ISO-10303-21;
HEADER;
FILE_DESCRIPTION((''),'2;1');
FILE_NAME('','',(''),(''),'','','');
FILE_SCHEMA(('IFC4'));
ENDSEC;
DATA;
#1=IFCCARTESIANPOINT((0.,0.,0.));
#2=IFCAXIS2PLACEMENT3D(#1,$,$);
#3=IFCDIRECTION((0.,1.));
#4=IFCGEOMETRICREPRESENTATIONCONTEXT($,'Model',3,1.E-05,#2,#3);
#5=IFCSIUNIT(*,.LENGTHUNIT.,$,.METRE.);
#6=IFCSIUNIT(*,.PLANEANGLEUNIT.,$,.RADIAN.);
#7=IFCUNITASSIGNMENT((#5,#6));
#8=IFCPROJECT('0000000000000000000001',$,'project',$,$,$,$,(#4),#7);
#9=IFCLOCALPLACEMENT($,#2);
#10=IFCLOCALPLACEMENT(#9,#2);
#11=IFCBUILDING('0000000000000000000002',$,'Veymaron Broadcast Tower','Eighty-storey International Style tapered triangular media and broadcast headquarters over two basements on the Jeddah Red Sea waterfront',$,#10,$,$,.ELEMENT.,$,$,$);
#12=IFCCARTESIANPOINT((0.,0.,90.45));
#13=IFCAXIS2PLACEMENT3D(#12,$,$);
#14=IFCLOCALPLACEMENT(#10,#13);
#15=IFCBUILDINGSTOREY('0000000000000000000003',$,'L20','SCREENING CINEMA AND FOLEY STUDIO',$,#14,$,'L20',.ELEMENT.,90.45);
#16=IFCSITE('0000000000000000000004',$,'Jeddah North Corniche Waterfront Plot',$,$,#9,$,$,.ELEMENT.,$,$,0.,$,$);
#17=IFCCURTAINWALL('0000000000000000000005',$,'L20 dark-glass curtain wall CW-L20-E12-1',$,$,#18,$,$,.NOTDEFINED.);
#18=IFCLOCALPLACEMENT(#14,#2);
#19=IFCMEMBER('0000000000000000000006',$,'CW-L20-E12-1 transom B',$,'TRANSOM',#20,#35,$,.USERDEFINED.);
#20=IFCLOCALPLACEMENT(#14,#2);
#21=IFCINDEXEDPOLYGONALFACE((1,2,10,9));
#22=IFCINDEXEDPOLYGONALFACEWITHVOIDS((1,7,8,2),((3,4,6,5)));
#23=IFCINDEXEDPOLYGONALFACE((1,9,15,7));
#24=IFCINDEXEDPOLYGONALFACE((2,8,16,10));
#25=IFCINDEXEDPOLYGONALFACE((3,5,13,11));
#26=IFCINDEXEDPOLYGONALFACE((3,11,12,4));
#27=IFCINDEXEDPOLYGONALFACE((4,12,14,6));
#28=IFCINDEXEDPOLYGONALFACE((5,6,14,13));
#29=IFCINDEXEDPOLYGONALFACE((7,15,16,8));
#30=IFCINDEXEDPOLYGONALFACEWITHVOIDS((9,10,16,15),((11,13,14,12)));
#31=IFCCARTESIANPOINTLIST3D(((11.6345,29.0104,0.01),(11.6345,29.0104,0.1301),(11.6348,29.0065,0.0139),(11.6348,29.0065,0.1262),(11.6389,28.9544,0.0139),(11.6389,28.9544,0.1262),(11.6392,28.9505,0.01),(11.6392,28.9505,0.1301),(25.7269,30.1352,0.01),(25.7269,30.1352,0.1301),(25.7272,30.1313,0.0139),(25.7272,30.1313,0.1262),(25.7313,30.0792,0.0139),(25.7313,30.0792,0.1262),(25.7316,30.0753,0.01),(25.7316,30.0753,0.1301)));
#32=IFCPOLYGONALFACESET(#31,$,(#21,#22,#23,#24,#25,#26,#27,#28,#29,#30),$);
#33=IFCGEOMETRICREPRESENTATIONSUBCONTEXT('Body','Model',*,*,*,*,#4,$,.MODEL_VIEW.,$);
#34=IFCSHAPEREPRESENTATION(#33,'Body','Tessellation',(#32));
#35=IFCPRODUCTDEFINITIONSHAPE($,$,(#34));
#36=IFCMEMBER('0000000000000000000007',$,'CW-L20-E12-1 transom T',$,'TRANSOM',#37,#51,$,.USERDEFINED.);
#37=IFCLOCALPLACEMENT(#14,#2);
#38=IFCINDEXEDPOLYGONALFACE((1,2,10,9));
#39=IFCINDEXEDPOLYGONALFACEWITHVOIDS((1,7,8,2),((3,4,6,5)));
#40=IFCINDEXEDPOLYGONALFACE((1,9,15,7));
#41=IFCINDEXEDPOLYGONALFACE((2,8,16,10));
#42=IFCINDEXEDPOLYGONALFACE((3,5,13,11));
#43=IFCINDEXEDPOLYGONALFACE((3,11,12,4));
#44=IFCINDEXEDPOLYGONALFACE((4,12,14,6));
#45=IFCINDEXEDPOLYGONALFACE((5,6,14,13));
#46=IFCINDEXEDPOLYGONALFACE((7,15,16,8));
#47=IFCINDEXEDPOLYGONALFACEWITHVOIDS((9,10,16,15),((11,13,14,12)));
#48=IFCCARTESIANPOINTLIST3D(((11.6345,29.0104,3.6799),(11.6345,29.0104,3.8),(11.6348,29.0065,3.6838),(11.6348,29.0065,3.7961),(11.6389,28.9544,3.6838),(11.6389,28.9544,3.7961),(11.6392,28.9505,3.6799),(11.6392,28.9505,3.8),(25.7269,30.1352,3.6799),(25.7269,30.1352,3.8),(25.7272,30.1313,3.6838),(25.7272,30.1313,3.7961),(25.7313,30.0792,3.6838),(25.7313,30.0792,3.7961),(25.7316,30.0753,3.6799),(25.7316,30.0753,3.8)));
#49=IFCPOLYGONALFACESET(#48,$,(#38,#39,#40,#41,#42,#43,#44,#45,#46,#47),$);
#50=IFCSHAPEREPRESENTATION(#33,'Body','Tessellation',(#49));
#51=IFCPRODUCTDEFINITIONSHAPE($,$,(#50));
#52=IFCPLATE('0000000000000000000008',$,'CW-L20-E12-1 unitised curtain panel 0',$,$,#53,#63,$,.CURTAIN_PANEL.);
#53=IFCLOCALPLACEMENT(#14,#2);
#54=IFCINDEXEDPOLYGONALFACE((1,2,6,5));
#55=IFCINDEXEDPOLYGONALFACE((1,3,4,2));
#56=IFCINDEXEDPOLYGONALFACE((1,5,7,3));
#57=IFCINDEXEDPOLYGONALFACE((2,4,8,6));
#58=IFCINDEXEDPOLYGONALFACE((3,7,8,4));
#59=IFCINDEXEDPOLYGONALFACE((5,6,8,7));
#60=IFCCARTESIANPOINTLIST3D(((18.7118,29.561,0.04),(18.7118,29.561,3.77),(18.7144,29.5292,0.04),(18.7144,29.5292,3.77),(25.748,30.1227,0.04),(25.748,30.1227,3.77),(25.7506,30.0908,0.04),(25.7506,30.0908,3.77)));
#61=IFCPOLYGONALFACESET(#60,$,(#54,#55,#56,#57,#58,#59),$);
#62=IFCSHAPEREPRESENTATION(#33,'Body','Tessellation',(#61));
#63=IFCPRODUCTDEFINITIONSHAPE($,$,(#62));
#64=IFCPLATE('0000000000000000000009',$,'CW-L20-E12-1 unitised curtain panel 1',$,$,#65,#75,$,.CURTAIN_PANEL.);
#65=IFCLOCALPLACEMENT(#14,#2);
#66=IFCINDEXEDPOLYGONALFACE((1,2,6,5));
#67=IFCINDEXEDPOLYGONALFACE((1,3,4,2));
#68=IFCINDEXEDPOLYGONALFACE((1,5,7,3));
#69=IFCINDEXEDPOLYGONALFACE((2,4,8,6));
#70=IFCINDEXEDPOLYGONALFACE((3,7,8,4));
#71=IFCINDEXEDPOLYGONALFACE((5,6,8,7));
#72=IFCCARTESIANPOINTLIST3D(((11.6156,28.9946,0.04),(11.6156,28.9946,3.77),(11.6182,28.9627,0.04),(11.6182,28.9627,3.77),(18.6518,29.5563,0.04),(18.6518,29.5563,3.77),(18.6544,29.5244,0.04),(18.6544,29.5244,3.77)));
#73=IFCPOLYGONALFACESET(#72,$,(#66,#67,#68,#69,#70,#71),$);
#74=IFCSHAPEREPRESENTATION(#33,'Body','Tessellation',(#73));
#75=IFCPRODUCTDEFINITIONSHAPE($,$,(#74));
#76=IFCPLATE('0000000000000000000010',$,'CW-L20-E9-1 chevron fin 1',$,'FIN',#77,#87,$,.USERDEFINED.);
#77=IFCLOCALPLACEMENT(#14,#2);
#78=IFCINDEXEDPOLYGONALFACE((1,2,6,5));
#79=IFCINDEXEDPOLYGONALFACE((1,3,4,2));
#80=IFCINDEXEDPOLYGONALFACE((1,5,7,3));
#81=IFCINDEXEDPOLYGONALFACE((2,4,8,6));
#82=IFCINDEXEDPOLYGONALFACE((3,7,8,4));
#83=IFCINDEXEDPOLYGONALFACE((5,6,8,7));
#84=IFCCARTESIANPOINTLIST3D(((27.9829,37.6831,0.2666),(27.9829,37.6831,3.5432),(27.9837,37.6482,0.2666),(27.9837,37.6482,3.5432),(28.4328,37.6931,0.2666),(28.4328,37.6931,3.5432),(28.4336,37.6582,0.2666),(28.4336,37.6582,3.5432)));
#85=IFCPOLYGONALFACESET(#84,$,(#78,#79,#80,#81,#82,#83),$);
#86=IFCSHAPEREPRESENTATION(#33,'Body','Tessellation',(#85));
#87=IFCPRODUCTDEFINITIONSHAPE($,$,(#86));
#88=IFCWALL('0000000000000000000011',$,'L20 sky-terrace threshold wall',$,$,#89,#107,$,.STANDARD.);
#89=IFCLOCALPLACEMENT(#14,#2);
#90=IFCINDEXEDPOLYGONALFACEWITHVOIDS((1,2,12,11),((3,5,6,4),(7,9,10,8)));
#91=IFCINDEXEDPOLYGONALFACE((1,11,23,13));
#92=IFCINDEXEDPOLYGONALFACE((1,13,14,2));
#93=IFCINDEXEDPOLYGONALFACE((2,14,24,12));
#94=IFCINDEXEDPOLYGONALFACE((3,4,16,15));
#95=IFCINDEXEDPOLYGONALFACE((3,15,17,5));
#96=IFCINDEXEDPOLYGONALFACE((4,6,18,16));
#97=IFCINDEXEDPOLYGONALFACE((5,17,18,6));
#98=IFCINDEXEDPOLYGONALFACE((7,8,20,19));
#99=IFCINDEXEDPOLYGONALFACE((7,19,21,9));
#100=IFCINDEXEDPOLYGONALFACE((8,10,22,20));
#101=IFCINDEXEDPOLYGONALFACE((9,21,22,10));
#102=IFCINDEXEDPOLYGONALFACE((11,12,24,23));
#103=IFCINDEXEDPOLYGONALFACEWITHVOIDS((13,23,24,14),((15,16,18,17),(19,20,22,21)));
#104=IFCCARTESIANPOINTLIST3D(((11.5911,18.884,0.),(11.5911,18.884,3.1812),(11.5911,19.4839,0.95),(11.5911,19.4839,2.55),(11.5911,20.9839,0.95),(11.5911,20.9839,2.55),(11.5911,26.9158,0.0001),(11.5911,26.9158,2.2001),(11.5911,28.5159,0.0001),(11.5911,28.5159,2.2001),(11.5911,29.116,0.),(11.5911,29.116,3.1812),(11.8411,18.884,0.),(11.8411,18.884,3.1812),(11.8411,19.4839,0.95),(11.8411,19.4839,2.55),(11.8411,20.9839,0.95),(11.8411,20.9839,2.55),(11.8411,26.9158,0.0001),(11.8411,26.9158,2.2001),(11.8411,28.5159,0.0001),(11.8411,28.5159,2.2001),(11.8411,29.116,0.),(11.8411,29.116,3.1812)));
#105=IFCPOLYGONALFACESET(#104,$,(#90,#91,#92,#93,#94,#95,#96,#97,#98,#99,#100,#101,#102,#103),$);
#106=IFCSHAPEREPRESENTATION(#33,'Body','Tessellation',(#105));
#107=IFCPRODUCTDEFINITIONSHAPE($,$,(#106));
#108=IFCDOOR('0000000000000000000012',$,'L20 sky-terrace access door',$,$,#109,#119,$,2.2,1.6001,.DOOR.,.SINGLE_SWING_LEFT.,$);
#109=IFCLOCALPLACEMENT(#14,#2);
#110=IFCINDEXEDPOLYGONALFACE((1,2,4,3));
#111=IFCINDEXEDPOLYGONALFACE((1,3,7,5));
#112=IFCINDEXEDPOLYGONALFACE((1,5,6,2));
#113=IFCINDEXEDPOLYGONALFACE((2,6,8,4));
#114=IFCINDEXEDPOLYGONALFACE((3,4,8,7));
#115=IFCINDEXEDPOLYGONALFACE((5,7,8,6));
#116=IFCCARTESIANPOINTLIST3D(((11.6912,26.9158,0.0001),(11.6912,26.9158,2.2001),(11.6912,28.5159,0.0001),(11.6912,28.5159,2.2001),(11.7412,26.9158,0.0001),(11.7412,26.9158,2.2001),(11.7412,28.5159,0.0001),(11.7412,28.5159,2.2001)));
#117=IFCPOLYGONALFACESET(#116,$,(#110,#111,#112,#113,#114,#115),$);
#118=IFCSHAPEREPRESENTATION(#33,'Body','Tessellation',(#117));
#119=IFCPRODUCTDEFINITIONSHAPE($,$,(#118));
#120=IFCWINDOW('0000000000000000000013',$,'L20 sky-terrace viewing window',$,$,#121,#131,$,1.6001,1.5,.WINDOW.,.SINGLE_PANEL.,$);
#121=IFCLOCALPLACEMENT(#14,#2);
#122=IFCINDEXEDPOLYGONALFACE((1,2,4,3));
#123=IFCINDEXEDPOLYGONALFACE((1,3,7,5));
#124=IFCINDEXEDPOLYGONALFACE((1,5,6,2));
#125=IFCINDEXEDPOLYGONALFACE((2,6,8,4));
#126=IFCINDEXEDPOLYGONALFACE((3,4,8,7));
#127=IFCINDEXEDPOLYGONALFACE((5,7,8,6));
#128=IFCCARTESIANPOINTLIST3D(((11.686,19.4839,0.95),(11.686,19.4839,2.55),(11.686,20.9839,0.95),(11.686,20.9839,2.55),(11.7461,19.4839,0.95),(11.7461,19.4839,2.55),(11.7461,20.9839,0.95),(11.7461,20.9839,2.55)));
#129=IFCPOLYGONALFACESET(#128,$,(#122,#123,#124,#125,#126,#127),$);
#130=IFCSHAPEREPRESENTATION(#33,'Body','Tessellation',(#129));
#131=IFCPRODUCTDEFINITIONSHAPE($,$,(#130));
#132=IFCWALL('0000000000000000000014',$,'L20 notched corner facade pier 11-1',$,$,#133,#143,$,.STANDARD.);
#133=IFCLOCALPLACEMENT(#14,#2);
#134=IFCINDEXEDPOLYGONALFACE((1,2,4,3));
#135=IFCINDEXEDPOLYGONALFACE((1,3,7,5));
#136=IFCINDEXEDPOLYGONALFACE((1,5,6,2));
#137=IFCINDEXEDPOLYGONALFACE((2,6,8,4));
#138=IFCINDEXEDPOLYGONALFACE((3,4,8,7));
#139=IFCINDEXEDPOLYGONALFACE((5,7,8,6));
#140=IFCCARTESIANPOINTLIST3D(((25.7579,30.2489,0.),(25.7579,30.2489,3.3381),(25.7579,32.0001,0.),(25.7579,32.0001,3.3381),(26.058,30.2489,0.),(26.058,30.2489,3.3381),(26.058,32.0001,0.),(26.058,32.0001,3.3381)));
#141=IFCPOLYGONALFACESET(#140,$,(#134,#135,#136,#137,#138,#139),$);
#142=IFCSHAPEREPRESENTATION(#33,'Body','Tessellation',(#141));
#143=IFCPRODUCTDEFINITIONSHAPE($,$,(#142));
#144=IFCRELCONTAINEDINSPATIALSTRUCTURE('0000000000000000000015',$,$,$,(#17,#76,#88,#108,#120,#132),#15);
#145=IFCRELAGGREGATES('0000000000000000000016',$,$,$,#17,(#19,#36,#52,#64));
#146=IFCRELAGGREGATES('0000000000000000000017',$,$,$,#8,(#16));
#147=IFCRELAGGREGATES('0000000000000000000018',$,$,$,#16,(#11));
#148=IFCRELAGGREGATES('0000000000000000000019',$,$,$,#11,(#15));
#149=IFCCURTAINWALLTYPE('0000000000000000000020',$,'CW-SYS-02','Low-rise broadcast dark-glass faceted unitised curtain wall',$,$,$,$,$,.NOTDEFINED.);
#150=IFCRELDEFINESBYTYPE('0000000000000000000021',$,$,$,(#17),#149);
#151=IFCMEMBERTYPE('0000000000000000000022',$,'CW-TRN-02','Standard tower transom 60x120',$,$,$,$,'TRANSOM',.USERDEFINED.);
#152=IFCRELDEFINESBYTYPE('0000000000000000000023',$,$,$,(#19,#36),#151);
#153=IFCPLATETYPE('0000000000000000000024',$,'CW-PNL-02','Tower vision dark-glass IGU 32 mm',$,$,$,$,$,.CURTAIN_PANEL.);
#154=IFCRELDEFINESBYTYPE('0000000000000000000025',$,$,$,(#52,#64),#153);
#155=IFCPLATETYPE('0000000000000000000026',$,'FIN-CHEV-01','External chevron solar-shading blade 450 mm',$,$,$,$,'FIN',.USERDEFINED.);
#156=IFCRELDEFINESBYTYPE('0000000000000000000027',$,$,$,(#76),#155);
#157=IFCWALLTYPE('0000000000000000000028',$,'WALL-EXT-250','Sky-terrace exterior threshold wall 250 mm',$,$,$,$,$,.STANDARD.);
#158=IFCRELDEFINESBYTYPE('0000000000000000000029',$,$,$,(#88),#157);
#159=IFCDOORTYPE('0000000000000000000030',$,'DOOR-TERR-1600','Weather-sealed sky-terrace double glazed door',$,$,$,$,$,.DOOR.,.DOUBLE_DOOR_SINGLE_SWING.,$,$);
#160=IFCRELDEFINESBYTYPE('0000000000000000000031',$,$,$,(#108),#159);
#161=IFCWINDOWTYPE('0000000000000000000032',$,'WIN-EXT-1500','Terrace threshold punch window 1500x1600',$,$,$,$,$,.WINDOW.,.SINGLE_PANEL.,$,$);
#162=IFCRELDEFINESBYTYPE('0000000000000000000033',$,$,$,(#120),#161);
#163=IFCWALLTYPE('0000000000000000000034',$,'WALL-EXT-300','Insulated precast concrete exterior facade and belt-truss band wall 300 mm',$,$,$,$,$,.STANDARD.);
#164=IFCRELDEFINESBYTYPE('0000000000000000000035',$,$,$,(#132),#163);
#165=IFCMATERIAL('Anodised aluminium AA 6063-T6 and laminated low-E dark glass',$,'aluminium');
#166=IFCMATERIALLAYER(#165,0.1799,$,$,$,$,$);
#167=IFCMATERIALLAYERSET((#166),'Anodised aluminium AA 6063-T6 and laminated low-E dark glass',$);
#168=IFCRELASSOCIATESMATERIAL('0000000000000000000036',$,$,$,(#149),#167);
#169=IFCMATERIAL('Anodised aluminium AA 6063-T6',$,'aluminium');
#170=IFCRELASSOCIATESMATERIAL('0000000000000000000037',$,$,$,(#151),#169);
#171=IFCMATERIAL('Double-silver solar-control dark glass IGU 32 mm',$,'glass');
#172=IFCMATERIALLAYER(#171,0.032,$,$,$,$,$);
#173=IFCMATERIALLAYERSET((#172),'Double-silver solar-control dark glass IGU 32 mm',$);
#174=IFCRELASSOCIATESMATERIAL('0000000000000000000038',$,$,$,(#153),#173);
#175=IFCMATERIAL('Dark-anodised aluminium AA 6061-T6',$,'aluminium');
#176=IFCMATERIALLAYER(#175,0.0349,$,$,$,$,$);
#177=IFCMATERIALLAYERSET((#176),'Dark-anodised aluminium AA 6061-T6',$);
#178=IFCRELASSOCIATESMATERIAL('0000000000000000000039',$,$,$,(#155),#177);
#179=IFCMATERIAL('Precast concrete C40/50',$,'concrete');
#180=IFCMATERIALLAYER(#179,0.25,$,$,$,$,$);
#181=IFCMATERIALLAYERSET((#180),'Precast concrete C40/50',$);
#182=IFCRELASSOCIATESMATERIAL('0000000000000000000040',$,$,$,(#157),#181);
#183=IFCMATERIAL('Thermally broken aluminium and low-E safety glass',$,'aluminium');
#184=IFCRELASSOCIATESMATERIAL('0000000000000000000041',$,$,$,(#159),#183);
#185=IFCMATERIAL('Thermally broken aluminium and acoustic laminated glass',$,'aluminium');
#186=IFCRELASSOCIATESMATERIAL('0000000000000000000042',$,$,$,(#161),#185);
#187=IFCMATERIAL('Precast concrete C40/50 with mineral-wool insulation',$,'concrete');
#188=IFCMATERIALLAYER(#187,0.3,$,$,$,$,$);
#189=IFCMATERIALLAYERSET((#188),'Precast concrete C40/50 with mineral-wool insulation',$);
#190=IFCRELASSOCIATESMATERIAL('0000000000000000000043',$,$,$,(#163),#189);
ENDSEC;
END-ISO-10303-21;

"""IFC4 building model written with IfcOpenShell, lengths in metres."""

from ifc_helpers import new_model, si_unit, direction, frame, frame_2d, origin, origin_2d, place, context, subcontext, project, spatial, rectangle, hollow_rectangle, extrude, material, layer, layer_set, material_profile, profile_set, type_object, element, fill, aggregate, save


model = new_model("IFC4")

# Units and contexts
model_context = context("Model", 3, precision=1e-05, world=origin(), true_north=direction((0.0, 1.0)))
body_context = subcontext(model_context, "Body", "Model", "MODEL_VIEW")
ifc_project = project(units=[si_unit("LENGTHUNIT", "METRE"), si_unit("PLANEANGLEUNIT", "RADIAN")], contexts=[model_context])

# Site, building, storey
site_placement = place(None, origin())
site = spatial("IfcSite", under=ifc_project, at=site_placement, Name="Jeddah North Corniche Waterfront Plot", CompositionType="ELEMENT", RefElevation=0.0)
building_placement = place(site_placement, origin())
building = spatial("IfcBuilding", under=site, at=building_placement, Name="Veymaron Broadcast Tower", Description="Eighty-storey International Style tapered triangular media and broadcast headquarters over two basements on the Jeddah Red Sea waterfront", CompositionType="ELEMENT")
storey_placement = place(building_placement, frame((0.0, 0.0, 90.45)))
storey = spatial("IfcBuildingStorey", under=building, at=storey_placement, Name="L20", Description="SCREENING CINEMA AND FOLEY STUDIO", LongName="L20", CompositionType="ELEMENT", Elevation=90.45)

# Shared definitions
ifc_material_1 = material(Name="Anodised aluminium AA 6063-T6 and laminated low-E dark glass", Category="aluminium")
ifc_layer_1 = layer(ifc_material_1, 0.1799)
ifc_layer_set_1 = layer_set([ifc_layer_1], Name="Anodised aluminium AA 6063-T6 and laminated low-E dark glass")
curtain_wall_type = type_object("IfcCurtainWallType", Name="CW-SYS-02", Description="Low-rise broadcast dark-glass faceted unitised curtain wall", PredefinedType="NOTDEFINED", material=ifc_layer_set_1)
ifc_material_2 = material(Name="Anodised aluminium AA 6063-T6", Category="aluminium")

# Curtain wall, members, plates
curtain_wall_1_placement = place(storey_placement, origin())
curtain_wall_1 = element("IfcCurtainWall", 1, at=curtain_wall_1_placement, inside=storey, type_object=curtain_wall_type, Name="L20 dark-glass curtain wall CW-L20-E12-1", PredefinedType="NOTDEFINED")
ifc_material_profile_1 = material_profile(ifc_material_2, hollow_rectangle(XDim=0.0601, YDim=0.1201, WallThickness=0.0039, at=origin_2d()), Name="AL120X60X4")
ifc_profile_set_1 = profile_set([ifc_material_profile_1], Name="Anodised aluminium AA 6063-T6")
member_type_1 = type_object("IfcMemberType", Name="CW-TRN-02", Description="Standard tower transom 60x120", ElementType="TRANSOM", PredefinedType="USERDEFINED", material=ifc_profile_set_1)
member_1_placement = place(storey_placement, frame((25.7292, 30.1052, 0.0701), z_axis=(-0.99683, -0.079561, 0.0), x_axis=(0.079561, -0.99683, 0.0)))
member_1 = element("IfcMember", 2, at=member_1_placement, type_object=member_type_1, Name="CW-L20-E12-1 transom B", ObjectType="TRANSOM", PredefinedType="USERDEFINED", context=body_context, shape_type="SweptSolid", body=[
    extrude(hollow_rectangle(XDim=0.0601, YDim=0.1201, WallThickness=0.0039, at=origin_2d()), origin(), (0.0, 0.0, 1.0), 14.1372),
])
member_2_placement = place(storey_placement, frame((25.7292, 30.1052, 3.74), z_axis=(-0.99683, -0.079561, 0.0), x_axis=(0.079561, -0.99683, 0.0)))
member_2 = element("IfcMember", 3, at=member_2_placement, type_object=member_type_1, Name="CW-L20-E12-1 transom T", ObjectType="TRANSOM", PredefinedType="USERDEFINED", context=body_context, shape_type="SweptSolid", body=[
    extrude(hollow_rectangle(XDim=0.0601, YDim=0.1201, WallThickness=0.0039, at=origin_2d()), origin(), (0.0, 0.0, 1.0), 14.1372),
])
ifc_material_3 = material(Name="Double-silver solar-control dark glass IGU 32 mm", Category="glass")
ifc_layer_2 = layer(ifc_material_3, 0.032)
ifc_layer_set_2 = layer_set([ifc_layer_2], Name="Double-silver solar-control dark glass IGU 32 mm")
plate_type_1 = type_object("IfcPlateType", Name="CW-PNL-02", Description="Tower vision dark-glass IGU 32 mm", PredefinedType="CURTAIN_PANEL", material=ifc_layer_set_2)
plate_1_placement = place(storey_placement, frame((22.2312, 29.8259, 0.04), z_axis=(0.0, 0.0, 1.0), x_axis=(-0.996829, -0.079573, 0.0)))
plate_1 = element("IfcPlate", 4, at=plate_1_placement, type_object=plate_type_1, Name="CW-L20-E12-1 unitised curtain panel 0", PredefinedType="CURTAIN_PANEL", context=body_context, shape_type="SweptSolid", body=[
    extrude(rectangle(XDim=7.0586, YDim=0.032, at=origin_2d()), origin(), (0.0, 0.0, 1.0), 3.73),
])
plate_2_placement = place(storey_placement, frame((15.135, 29.2595, 0.04), z_axis=(0.0, 0.0, 1.0), x_axis=(-0.996829, -0.079573, 0.0)))
plate_2 = element("IfcPlate", 5, at=plate_2_placement, type_object=plate_type_1, Name="CW-L20-E12-1 unitised curtain panel 1", PredefinedType="CURTAIN_PANEL", context=body_context, shape_type="SweptSolid", body=[
    extrude(rectangle(XDim=7.0586, YDim=0.032, at=origin_2d()), origin(), (0.0, 0.0, 1.0), 3.73),
])
aggregate(curtain_wall_1, [member_1, member_2, plate_1, plate_2])

# Plate
ifc_material_4 = material(Name="Dark-anodised aluminium AA 6061-T6", Category="aluminium")
ifc_layer_3 = layer(ifc_material_4, 0.0349)
ifc_layer_set_3 = layer_set([ifc_layer_3], Name="Dark-anodised aluminium AA 6061-T6")
plate_type_2 = type_object("IfcPlateType", Name="FIN-CHEV-01", Description="External chevron solar-shading blade 450 mm", ElementType="FIN", PredefinedType="USERDEFINED", material=ifc_layer_set_3)
plate_3_placement = place(storey_placement, frame((28.2083, 37.6707, 0.2666), z_axis=(0.0, 0.0, 1.0), x_axis=(-0.99975, -0.022356, 0.0)))
element("IfcPlate", 6, at=plate_3_placement, inside=storey, type_object=plate_type_2, Name="CW-L20-E9-1 chevron fin 1", ObjectType="FIN", PredefinedType="USERDEFINED", context=body_context, shape_type="SweptSolid", body=[
    extrude(rectangle(XDim=0.45, YDim=0.0349, at=origin_2d()), origin(), (0.0, 0.0, 1.0), 3.2766),
])

# Wall, openings, door, window
ifc_material_5 = material(Name="Precast concrete C40/50", Category="concrete")
ifc_layer_4 = layer(ifc_material_5, 0.25)
ifc_layer_set_4 = layer_set([ifc_layer_4], Name="Precast concrete C40/50")
wall_type_1 = type_object("IfcWallType", Name="WALL-EXT-250", Description="Sky-terrace exterior threshold wall 250 mm", PredefinedType="STANDARD", material=ifc_layer_set_4)
wall_1_placement = place(storey_placement, frame((11.7161, 29.116, 0.0), z_axis=(0.0, 0.0, 1.0), x_axis=(0.0, -1.0, 0.0)))
wall_1 = element("IfcWall", 7, at=wall_1_placement, inside=storey, type_object=wall_type_1, Name="L20 sky-terrace threshold wall", PredefinedType="STANDARD", context=body_context, shape_type="SweptSolid", body=[
    extrude(rectangle(XDim=10.2319, YDim=0.25, at=frame_2d((5.116, 0.0))), origin(), (0.0, 0.0, 1.0), 3.1812),
])
opening_1_placement = place(wall_1_placement, frame((0.6001, 0.0, 0.0)))
opening_1 = element("IfcOpeningElement", 8, at=opening_1_placement, cuts=wall_1, PredefinedType="OPENING", context=body_context, shape_type="SweptSolid", body=[
    extrude(rectangle(XDim=1.6001, YDim=2.2, at=frame_2d((0.8, 1.1001))), frame((0.0, 0.135, 0.0), z_axis=(0.0, -1.0, 0.0), x_axis=(1.0, 0.0, 0.0)), (0.0, 0.0, 1.0), 0.27),
])
opening_2_placement = place(wall_1_placement, frame((8.1321, 0.0, 0.95)))
opening_2 = element("IfcOpeningElement", 9, at=opening_2_placement, cuts=wall_1, PredefinedType="OPENING", context=body_context, shape_type="SweptSolid", body=[
    extrude(rectangle(XDim=1.5, YDim=1.6001, at=frame_2d((0.75, 0.8))), frame((0.0, 0.135, 0.0), z_axis=(0.0, -1.0, 0.0), x_axis=(1.0, 0.0, 0.0)), (0.0, 0.0, 1.0), 0.27),
])
ifc_material_6 = material(Name="Thermally broken aluminium and low-E safety glass", Category="aluminium")
door_type_1 = type_object("IfcDoorType", Name="DOOR-TERR-1600", Description="Weather-sealed sky-terrace double glazed door", OperationType="DOUBLE_DOOR_SINGLE_SWING", PredefinedType="DOOR", material=ifc_material_6)
door_1_placement = place(opening_1_placement, frame((1.6001, 0.0, 0.0), z_axis=(0.0, 0.0, 1.0), x_axis=(-1.0, 0.0, 0.0)))
door_1 = element("IfcDoor", 10, at=door_1_placement, inside=storey, type_object=door_type_1, Name="L20 sky-terrace access door", OperationType="SINGLE_SWING_LEFT", OverallHeight=2.2, OverallWidth=1.6001, PredefinedType="DOOR", context=body_context, shape_type="SweptSolid", body=[
    extrude(rectangle(XDim=1.6001, YDim=2.2, at=frame_2d((0.8, 1.1001))), frame((0.0, 0.0249, 0.0), z_axis=(0.0, -1.0, 0.0), x_axis=(1.0, 0.0, 0.0)), (0.0, 0.0, 1.0), 0.05),
])
fill(opening_1, door_1)
ifc_material_7 = material(Name="Thermally broken aluminium and acoustic laminated glass", Category="aluminium")
window_type = type_object("IfcWindowType", Name="WIN-EXT-1500", Description="Terrace threshold punch window 1500x1600", PartitioningType="SINGLE_PANEL", PredefinedType="WINDOW", material=ifc_material_7)
window_placement = place(opening_2_placement, origin())
window = element("IfcWindow", 11, at=window_placement, inside=storey, type_object=window_type, Name="L20 sky-terrace viewing window", OverallHeight=1.6001, OverallWidth=1.5, PartitioningType="SINGLE_PANEL", PredefinedType="WINDOW", context=body_context, shape_type="SweptSolid", body=[
    extrude(rectangle(XDim=1.5, YDim=1.6001, at=frame_2d((0.75, 0.8))), frame((0.0, 0.03, 0.0), z_axis=(0.0, -1.0, 0.0), x_axis=(1.0, 0.0, 0.0)), (0.0, 0.0, 1.0), 0.0601),
])
fill(opening_2, window)

# Wall
ifc_material_8 = material(Name="Precast concrete C40/50 with mineral-wool insulation", Category="concrete")
ifc_layer_5 = layer(ifc_material_8, 0.3)
ifc_layer_set_5 = layer_set([ifc_layer_5], Name="Precast concrete C40/50 with mineral-wool insulation")
wall_type_2 = type_object("IfcWallType", Name="WALL-EXT-300", Description="Insulated precast concrete exterior facade and belt-truss band wall 300 mm", PredefinedType="STANDARD", material=ifc_layer_set_5)
wall_2_placement = place(storey_placement, frame((25.908, 32.0, 0.0), z_axis=(0.0, 0.0, 1.0), x_axis=(0.0, -1.0, 0.0)))
element("IfcWall", 12, at=wall_2_placement, inside=storey, type_object=wall_type_2, Name="L20 notched corner facade pier 11-1", PredefinedType="STANDARD", context=body_context, shape_type="SweptSolid", body=[
    extrude(rectangle(XDim=1.7512, YDim=0.3, at=frame_2d((0.8755, 0.0))), origin(), (0.0, 0.0, 1.0), 3.3381),
])

save(model, "model.ifc")
